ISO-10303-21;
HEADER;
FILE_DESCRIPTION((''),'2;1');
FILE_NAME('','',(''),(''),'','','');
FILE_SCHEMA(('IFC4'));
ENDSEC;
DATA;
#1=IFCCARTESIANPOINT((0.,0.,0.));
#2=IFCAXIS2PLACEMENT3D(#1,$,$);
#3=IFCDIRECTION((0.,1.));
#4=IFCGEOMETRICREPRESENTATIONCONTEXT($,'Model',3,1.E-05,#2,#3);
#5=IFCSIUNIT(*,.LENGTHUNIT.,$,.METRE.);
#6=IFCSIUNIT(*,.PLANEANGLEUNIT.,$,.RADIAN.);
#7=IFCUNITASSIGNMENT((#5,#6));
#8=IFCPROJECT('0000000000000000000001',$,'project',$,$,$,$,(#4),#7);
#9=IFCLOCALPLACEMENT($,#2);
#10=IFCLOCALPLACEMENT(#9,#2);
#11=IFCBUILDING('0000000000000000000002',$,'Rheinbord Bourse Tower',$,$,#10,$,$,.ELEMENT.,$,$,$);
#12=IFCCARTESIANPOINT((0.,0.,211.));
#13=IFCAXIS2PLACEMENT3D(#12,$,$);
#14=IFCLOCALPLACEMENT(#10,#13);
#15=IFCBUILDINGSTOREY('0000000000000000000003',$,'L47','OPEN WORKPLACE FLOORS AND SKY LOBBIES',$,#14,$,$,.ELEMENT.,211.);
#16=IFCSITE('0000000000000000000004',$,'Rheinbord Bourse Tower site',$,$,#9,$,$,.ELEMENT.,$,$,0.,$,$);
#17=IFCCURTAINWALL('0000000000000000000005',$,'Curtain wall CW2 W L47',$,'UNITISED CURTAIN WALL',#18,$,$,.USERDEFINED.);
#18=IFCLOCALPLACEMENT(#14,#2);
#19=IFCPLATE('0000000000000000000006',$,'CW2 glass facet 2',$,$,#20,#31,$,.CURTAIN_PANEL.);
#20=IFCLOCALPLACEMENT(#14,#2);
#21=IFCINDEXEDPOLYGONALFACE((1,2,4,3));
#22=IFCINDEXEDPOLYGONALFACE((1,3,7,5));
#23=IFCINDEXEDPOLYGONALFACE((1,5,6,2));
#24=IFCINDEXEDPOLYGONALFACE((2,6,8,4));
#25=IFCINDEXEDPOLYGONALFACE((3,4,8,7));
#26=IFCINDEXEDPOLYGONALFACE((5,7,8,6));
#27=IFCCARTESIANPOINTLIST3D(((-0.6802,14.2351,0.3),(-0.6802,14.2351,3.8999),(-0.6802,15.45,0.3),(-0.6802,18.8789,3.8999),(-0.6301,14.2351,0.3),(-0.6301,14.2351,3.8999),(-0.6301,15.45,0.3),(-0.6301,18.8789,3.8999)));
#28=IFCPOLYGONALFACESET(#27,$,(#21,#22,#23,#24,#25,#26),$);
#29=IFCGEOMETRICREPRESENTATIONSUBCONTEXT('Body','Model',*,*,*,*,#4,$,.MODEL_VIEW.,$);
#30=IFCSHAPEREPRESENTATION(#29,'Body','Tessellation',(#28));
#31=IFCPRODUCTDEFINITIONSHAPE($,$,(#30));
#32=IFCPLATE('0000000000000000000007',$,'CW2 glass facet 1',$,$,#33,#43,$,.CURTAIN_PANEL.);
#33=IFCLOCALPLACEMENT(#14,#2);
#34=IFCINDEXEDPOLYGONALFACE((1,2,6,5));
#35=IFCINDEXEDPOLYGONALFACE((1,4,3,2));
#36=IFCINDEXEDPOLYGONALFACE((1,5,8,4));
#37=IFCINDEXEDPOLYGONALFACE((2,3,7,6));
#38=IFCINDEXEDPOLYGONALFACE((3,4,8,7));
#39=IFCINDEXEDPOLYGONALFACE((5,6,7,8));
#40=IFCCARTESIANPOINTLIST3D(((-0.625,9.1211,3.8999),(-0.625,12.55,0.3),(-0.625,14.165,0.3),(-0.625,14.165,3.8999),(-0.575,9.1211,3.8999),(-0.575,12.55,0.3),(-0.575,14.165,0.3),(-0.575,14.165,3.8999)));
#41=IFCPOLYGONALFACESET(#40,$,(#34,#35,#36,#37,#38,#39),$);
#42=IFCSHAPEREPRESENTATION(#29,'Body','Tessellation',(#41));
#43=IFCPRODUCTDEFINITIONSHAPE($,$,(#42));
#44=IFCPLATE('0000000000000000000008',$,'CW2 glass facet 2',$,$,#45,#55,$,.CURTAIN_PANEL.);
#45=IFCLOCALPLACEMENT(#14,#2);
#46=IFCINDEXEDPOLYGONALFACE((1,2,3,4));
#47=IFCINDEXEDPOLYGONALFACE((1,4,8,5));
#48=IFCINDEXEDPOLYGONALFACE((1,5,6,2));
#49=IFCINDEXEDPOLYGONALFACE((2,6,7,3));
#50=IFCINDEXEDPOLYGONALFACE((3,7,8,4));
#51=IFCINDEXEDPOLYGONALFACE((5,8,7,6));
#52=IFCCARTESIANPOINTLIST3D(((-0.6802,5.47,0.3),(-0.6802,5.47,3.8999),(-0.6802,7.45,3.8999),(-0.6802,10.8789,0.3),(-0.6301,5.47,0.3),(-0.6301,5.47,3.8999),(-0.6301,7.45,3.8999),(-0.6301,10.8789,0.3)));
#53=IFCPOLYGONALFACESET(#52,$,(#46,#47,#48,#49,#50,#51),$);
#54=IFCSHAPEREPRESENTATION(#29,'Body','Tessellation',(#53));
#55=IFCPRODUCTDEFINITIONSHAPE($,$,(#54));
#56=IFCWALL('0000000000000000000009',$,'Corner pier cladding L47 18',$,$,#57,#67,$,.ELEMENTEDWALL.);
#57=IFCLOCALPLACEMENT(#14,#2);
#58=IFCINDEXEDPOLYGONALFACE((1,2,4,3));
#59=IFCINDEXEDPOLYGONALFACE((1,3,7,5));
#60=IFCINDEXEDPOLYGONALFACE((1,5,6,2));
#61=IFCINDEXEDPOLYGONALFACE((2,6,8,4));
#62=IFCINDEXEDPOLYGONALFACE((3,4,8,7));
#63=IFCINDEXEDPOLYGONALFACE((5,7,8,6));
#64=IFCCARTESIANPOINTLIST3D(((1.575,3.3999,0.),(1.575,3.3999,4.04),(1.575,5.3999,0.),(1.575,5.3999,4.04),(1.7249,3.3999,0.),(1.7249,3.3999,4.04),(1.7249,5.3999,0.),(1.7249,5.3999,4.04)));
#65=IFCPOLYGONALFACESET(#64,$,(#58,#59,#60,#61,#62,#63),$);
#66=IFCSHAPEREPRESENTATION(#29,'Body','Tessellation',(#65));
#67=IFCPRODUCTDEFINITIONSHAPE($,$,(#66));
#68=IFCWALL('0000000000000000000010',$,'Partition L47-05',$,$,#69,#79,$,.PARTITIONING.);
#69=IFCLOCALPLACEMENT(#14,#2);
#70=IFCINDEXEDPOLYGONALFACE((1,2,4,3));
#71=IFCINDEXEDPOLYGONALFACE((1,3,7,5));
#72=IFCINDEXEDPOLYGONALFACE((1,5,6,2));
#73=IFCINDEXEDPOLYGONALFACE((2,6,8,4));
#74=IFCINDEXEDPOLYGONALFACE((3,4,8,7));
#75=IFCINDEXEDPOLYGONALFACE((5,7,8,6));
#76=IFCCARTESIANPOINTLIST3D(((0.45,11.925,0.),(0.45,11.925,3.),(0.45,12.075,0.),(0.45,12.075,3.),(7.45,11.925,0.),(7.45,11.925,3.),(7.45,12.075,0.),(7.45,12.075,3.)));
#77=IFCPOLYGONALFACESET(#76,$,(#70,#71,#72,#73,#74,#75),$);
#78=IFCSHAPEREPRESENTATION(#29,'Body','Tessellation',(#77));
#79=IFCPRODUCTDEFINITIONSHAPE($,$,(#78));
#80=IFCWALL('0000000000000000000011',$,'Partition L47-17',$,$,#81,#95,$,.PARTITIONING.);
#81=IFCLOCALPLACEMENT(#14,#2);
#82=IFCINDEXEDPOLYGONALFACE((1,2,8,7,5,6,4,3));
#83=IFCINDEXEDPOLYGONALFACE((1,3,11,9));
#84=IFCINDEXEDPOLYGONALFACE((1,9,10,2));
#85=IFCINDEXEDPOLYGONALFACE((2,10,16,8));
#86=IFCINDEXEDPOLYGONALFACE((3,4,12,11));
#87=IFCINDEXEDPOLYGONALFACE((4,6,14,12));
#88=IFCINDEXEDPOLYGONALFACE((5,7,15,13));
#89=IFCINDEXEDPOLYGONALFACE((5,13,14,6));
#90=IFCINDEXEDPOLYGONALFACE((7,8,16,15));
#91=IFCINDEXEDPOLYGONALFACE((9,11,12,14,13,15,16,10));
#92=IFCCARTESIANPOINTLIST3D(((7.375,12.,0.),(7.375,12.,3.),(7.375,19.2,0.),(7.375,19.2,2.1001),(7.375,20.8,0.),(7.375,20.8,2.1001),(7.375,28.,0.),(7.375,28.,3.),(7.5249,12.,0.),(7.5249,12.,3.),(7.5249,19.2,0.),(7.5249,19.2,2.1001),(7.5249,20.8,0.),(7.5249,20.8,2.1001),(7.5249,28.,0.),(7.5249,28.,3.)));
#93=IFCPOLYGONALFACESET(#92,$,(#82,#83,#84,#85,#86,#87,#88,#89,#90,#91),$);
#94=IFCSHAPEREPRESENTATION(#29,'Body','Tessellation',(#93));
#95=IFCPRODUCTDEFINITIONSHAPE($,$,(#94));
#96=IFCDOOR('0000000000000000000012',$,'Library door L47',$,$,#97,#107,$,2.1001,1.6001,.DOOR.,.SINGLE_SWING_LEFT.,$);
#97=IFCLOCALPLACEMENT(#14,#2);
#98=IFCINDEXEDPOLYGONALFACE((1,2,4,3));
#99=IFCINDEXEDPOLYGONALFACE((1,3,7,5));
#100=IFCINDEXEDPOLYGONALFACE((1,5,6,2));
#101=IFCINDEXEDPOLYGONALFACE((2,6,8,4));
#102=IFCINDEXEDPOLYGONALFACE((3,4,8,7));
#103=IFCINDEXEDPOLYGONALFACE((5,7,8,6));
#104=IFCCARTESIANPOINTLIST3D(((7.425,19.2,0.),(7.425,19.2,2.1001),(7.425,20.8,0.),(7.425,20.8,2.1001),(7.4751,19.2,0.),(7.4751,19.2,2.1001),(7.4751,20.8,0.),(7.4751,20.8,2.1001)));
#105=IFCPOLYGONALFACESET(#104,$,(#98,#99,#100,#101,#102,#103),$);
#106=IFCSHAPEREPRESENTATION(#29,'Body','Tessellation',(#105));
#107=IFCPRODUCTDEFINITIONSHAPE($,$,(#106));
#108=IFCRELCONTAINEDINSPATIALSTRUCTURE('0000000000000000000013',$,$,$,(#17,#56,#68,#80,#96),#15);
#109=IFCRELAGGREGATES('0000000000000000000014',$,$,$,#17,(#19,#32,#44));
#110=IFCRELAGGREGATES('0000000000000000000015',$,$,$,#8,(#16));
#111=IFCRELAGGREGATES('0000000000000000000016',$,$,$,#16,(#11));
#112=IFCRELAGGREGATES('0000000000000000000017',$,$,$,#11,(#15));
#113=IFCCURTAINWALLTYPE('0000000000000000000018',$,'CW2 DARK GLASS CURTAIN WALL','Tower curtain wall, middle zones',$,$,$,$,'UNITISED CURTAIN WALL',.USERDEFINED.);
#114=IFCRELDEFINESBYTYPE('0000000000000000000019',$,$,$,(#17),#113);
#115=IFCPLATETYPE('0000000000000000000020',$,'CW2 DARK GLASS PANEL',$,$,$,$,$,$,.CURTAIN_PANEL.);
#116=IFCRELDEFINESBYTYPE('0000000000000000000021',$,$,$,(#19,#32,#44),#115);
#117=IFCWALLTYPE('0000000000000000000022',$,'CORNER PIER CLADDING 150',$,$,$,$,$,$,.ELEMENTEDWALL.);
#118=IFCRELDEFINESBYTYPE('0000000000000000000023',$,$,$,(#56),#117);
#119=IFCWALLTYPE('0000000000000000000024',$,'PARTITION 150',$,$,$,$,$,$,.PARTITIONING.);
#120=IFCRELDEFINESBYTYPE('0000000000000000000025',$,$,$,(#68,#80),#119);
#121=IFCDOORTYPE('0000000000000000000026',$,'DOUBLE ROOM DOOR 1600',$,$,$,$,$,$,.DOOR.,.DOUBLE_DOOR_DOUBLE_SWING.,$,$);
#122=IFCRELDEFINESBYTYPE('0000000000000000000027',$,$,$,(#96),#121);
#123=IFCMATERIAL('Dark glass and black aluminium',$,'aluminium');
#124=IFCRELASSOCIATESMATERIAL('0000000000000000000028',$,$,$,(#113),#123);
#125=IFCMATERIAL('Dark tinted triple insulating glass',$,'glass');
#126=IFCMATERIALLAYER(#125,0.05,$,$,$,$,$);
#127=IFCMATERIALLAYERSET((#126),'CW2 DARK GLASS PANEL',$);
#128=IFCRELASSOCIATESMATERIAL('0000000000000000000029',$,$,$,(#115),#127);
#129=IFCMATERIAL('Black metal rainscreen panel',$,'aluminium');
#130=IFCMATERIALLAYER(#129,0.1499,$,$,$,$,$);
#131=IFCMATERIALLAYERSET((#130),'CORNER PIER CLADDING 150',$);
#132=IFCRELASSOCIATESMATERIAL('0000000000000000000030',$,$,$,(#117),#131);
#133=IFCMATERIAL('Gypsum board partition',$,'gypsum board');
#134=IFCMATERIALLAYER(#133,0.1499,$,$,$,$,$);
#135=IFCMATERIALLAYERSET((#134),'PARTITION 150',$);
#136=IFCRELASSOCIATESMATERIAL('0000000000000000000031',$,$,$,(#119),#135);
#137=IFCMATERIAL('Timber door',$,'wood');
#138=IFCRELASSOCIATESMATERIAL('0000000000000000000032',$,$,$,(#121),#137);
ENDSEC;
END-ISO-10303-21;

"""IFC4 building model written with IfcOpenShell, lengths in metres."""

from ifc_helpers import new_model, si_unit, direction, frame, frame_2d, origin, place, context, subcontext, project, spatial, polyline, rectangle, outline, extrude, material, layer, layer_set, type_object, element, fill, aggregate, save


model = new_model("IFC4")

# Units and contexts
model_context = context("Model", 3, precision=1e-05, world=origin(), true_north=direction((0.0, 1.0)))
body_context = subcontext(model_context, "Body", "Model", "MODEL_VIEW")
ifc_project = project(units=[si_unit("LENGTHUNIT", "METRE"), si_unit("PLANEANGLEUNIT", "RADIAN")], contexts=[model_context])

# Site, building, storey
site_placement = place(None, origin())
site = spatial("IfcSite", under=ifc_project, at=site_placement, Name="Rheinbord Bourse Tower site", CompositionType="ELEMENT", RefElevation=0.0)
building_placement = place(site_placement, origin())
building = spatial("IfcBuilding", under=site, at=building_placement, Name="Rheinbord Bourse Tower", CompositionType="ELEMENT")
storey_placement = place(building_placement, frame((0.0, 0.0, 211.0)))
storey = spatial("IfcBuildingStorey", under=building, at=storey_placement, Name="L47", Description="OPEN WORKPLACE FLOORS AND SKY LOBBIES", CompositionType="ELEMENT", Elevation=211.0)

# Curtain wall
ifc_material_1 = material(Name="Dark glass and black aluminium", Category="aluminium")
curtain_wall_type = type_object("IfcCurtainWallType", Name="CW2 DARK GLASS CURTAIN WALL", Description="Tower curtain wall, middle zones", ElementType="UNITISED CURTAIN WALL", PredefinedType="USERDEFINED", material=ifc_material_1)
curtain_wall_placement = place(storey_placement, origin())
curtain_wall = element("IfcCurtainWall", 1, at=curtain_wall_placement, inside=storey, type_object=curtain_wall_type, Name="Curtain wall CW2 W L47", ObjectType="UNITISED CURTAIN WALL", PredefinedType="USERDEFINED")

# Plates
ifc_material_2 = material(Name="Dark tinted triple insulating glass", Category="glass")
ifc_layer_1 = layer(ifc_material_2, 0.05)
ifc_layer_set_1 = layer_set([ifc_layer_1], Name="CW2 DARK GLASS PANEL")
plate_type = type_object("IfcPlateType", Name="CW2 DARK GLASS PANEL", PredefinedType="CURTAIN_PANEL", material=ifc_layer_set_1)
plate_1_placement = place(storey_placement, frame((-0.6802, 14.2351, 3.8999), z_axis=(1.0, 0.0, 0.0), x_axis=(0.0, 0.0, -1.0)))
plate_1 = element("IfcPlate", 2, at=plate_1_placement, type_object=plate_type, Name="CW2 glass facet 2", PredefinedType="CURTAIN_PANEL", context=body_context, shape_type="SweptSolid", body=[
    extrude(outline(polyline([(0.0, 0.0), (3.5999, 0.0), (3.5999, 1.2148), (0.0, 4.6438), (0.0, 0.0)])), origin(), (0.0, 0.0, 1.0), 0.05),
])
plate_2_placement = place(storey_placement, frame((-0.625, 14.165, 0.3), z_axis=(1.0, 0.0, 0.0), x_axis=(0.0, 0.0, 1.0)))
plate_2 = element("IfcPlate", 3, at=plate_2_placement, type_object=plate_type, Name="CW2 glass facet 1", PredefinedType="CURTAIN_PANEL", context=body_context, shape_type="SweptSolid", body=[
    extrude(outline(polyline([(0.0, 0.0), (3.5999, 0.0), (3.5999, 5.0439), (0.0, 1.615), (0.0, 0.0)])), origin(), (0.0, 0.0, 1.0), 0.05),
])
plate_3_placement = place(storey_placement, frame((-0.6802, 5.47, 3.8999), z_axis=(1.0, 0.0, 0.0), x_axis=(0.0, 0.0, -1.0)))
plate_3 = element("IfcPlate", 4, at=plate_3_placement, type_object=plate_type, Name="CW2 glass facet 2", PredefinedType="CURTAIN_PANEL", context=body_context, shape_type="SweptSolid", body=[
    extrude(outline(polyline([(0.0, 0.0), (3.5999, 0.0), (3.5999, 5.4089), (0.0, 1.98), (0.0, 0.0)])), origin(), (0.0, 0.0, 1.0), 0.05),
])
aggregate(curtain_wall, [plate_1, plate_2, plate_3])

# Walls
ifc_material_3 = material(Name="Black metal rainscreen panel", Category="aluminium")
ifc_layer_2 = layer(ifc_material_3, 0.1499)
ifc_layer_set_2 = layer_set([ifc_layer_2], Name="CORNER PIER CLADDING 150")
wall_type_1 = type_object("IfcWallType", Name="CORNER PIER CLADDING 150", PredefinedType="ELEMENTEDWALL", material=ifc_layer_set_2)
wall_1_placement = place(storey_placement, frame((1.6499, 5.3999, 0.0), z_axis=(0.0, 0.0, 1.0), x_axis=(0.0, -1.0, 0.0)))
element("IfcWall", 5, at=wall_1_placement, inside=storey, type_object=wall_type_1, Name="Corner pier cladding L47 18", PredefinedType="ELEMENTEDWALL", context=body_context, shape_type="SweptSolid", body=[
    extrude(rectangle(XDim=2.0, YDim=0.1499, at=frame_2d((1.0, 0.0))), origin(), (0.0, 0.0, 1.0), 4.04),
])
ifc_material_4 = material(Name="Gypsum board partition", Category="gypsum board")
ifc_layer_3 = layer(ifc_material_4, 0.1499)
ifc_layer_set_3 = layer_set([ifc_layer_3], Name="PARTITION 150")
wall_type_2 = type_object("IfcWallType", Name="PARTITION 150", PredefinedType="PARTITIONING", material=ifc_layer_set_3)
wall_2_placement = place(storey_placement, frame((0.45, 12.0, 0.0), z_axis=(0.0, 0.0, 1.0), x_axis=(1.0, 0.0, 0.0)))
element("IfcWall", 6, at=wall_2_placement, inside=storey, type_object=wall_type_2, Name="Partition L47-05", PredefinedType="PARTITIONING", context=body_context, shape_type="SweptSolid", body=[
    extrude(rectangle(XDim=7.0, YDim=0.1499, at=frame_2d((3.5, 0.0))), origin(), (0.0, 0.0, 1.0), 3.0),
])

# Wall, opening, door
wall_3_placement = place(storey_placement, frame((7.45, 12.0, 0.0), z_axis=(0.0, 0.0, 1.0), x_axis=(0.0, 1.0, 0.0)))
wall_3 = element("IfcWall", 7, at=wall_3_placement, inside=storey, type_object=wall_type_2, Name="Partition L47-17", PredefinedType="PARTITIONING", context=body_context, shape_type="SweptSolid", body=[
    extrude(rectangle(XDim=16.0, YDim=0.1499, at=frame_2d((8.0, 0.0))), origin(), (0.0, 0.0, 1.0), 3.0),
])
opening_placement = place(wall_3_placement, frame((7.2, 0.0, 0.0)))
opening = element("IfcOpeningElement", 8, at=opening_placement, cuts=wall_3, PredefinedType="OPENING", context=body_context, shape_type="SweptSolid", body=[
    extrude(rectangle(XDim=1.6001, YDim=2.1001, at=frame_2d((0.8, 1.05))), frame((0.0, 0.085, 0.0), z_axis=(0.0, -1.0, 0.0), x_axis=(1.0, 0.0, 0.0)), (0.0, 0.0, 1.0), 0.1699),
])
ifc_material_5 = material(Name="Timber door", Category="wood")
door_type = type_object("IfcDoorType", Name="DOUBLE ROOM DOOR 1600", OperationType="DOUBLE_DOOR_DOUBLE_SWING", PredefinedType="DOOR", material=ifc_material_5)
door_placement = place(opening_placement, origin())
door = element("IfcDoor", 9, at=door_placement, inside=storey, type_object=door_type, Name="Library door L47", OperationType="SINGLE_SWING_LEFT", OverallHeight=2.1001, OverallWidth=1.6001, PredefinedType="DOOR", context=body_context, shape_type="SweptSolid", body=[
    extrude(rectangle(XDim=1.6001, YDim=2.1001, at=frame_2d((0.8, 1.05))), frame((0.0, 0.0249, 0.0), z_axis=(0.0, -1.0, 0.0), x_axis=(1.0, 0.0, 0.0)), (0.0, 0.0, 1.0), 0.05),
])
fill(opening, door)

save(model, "model.ifc")
